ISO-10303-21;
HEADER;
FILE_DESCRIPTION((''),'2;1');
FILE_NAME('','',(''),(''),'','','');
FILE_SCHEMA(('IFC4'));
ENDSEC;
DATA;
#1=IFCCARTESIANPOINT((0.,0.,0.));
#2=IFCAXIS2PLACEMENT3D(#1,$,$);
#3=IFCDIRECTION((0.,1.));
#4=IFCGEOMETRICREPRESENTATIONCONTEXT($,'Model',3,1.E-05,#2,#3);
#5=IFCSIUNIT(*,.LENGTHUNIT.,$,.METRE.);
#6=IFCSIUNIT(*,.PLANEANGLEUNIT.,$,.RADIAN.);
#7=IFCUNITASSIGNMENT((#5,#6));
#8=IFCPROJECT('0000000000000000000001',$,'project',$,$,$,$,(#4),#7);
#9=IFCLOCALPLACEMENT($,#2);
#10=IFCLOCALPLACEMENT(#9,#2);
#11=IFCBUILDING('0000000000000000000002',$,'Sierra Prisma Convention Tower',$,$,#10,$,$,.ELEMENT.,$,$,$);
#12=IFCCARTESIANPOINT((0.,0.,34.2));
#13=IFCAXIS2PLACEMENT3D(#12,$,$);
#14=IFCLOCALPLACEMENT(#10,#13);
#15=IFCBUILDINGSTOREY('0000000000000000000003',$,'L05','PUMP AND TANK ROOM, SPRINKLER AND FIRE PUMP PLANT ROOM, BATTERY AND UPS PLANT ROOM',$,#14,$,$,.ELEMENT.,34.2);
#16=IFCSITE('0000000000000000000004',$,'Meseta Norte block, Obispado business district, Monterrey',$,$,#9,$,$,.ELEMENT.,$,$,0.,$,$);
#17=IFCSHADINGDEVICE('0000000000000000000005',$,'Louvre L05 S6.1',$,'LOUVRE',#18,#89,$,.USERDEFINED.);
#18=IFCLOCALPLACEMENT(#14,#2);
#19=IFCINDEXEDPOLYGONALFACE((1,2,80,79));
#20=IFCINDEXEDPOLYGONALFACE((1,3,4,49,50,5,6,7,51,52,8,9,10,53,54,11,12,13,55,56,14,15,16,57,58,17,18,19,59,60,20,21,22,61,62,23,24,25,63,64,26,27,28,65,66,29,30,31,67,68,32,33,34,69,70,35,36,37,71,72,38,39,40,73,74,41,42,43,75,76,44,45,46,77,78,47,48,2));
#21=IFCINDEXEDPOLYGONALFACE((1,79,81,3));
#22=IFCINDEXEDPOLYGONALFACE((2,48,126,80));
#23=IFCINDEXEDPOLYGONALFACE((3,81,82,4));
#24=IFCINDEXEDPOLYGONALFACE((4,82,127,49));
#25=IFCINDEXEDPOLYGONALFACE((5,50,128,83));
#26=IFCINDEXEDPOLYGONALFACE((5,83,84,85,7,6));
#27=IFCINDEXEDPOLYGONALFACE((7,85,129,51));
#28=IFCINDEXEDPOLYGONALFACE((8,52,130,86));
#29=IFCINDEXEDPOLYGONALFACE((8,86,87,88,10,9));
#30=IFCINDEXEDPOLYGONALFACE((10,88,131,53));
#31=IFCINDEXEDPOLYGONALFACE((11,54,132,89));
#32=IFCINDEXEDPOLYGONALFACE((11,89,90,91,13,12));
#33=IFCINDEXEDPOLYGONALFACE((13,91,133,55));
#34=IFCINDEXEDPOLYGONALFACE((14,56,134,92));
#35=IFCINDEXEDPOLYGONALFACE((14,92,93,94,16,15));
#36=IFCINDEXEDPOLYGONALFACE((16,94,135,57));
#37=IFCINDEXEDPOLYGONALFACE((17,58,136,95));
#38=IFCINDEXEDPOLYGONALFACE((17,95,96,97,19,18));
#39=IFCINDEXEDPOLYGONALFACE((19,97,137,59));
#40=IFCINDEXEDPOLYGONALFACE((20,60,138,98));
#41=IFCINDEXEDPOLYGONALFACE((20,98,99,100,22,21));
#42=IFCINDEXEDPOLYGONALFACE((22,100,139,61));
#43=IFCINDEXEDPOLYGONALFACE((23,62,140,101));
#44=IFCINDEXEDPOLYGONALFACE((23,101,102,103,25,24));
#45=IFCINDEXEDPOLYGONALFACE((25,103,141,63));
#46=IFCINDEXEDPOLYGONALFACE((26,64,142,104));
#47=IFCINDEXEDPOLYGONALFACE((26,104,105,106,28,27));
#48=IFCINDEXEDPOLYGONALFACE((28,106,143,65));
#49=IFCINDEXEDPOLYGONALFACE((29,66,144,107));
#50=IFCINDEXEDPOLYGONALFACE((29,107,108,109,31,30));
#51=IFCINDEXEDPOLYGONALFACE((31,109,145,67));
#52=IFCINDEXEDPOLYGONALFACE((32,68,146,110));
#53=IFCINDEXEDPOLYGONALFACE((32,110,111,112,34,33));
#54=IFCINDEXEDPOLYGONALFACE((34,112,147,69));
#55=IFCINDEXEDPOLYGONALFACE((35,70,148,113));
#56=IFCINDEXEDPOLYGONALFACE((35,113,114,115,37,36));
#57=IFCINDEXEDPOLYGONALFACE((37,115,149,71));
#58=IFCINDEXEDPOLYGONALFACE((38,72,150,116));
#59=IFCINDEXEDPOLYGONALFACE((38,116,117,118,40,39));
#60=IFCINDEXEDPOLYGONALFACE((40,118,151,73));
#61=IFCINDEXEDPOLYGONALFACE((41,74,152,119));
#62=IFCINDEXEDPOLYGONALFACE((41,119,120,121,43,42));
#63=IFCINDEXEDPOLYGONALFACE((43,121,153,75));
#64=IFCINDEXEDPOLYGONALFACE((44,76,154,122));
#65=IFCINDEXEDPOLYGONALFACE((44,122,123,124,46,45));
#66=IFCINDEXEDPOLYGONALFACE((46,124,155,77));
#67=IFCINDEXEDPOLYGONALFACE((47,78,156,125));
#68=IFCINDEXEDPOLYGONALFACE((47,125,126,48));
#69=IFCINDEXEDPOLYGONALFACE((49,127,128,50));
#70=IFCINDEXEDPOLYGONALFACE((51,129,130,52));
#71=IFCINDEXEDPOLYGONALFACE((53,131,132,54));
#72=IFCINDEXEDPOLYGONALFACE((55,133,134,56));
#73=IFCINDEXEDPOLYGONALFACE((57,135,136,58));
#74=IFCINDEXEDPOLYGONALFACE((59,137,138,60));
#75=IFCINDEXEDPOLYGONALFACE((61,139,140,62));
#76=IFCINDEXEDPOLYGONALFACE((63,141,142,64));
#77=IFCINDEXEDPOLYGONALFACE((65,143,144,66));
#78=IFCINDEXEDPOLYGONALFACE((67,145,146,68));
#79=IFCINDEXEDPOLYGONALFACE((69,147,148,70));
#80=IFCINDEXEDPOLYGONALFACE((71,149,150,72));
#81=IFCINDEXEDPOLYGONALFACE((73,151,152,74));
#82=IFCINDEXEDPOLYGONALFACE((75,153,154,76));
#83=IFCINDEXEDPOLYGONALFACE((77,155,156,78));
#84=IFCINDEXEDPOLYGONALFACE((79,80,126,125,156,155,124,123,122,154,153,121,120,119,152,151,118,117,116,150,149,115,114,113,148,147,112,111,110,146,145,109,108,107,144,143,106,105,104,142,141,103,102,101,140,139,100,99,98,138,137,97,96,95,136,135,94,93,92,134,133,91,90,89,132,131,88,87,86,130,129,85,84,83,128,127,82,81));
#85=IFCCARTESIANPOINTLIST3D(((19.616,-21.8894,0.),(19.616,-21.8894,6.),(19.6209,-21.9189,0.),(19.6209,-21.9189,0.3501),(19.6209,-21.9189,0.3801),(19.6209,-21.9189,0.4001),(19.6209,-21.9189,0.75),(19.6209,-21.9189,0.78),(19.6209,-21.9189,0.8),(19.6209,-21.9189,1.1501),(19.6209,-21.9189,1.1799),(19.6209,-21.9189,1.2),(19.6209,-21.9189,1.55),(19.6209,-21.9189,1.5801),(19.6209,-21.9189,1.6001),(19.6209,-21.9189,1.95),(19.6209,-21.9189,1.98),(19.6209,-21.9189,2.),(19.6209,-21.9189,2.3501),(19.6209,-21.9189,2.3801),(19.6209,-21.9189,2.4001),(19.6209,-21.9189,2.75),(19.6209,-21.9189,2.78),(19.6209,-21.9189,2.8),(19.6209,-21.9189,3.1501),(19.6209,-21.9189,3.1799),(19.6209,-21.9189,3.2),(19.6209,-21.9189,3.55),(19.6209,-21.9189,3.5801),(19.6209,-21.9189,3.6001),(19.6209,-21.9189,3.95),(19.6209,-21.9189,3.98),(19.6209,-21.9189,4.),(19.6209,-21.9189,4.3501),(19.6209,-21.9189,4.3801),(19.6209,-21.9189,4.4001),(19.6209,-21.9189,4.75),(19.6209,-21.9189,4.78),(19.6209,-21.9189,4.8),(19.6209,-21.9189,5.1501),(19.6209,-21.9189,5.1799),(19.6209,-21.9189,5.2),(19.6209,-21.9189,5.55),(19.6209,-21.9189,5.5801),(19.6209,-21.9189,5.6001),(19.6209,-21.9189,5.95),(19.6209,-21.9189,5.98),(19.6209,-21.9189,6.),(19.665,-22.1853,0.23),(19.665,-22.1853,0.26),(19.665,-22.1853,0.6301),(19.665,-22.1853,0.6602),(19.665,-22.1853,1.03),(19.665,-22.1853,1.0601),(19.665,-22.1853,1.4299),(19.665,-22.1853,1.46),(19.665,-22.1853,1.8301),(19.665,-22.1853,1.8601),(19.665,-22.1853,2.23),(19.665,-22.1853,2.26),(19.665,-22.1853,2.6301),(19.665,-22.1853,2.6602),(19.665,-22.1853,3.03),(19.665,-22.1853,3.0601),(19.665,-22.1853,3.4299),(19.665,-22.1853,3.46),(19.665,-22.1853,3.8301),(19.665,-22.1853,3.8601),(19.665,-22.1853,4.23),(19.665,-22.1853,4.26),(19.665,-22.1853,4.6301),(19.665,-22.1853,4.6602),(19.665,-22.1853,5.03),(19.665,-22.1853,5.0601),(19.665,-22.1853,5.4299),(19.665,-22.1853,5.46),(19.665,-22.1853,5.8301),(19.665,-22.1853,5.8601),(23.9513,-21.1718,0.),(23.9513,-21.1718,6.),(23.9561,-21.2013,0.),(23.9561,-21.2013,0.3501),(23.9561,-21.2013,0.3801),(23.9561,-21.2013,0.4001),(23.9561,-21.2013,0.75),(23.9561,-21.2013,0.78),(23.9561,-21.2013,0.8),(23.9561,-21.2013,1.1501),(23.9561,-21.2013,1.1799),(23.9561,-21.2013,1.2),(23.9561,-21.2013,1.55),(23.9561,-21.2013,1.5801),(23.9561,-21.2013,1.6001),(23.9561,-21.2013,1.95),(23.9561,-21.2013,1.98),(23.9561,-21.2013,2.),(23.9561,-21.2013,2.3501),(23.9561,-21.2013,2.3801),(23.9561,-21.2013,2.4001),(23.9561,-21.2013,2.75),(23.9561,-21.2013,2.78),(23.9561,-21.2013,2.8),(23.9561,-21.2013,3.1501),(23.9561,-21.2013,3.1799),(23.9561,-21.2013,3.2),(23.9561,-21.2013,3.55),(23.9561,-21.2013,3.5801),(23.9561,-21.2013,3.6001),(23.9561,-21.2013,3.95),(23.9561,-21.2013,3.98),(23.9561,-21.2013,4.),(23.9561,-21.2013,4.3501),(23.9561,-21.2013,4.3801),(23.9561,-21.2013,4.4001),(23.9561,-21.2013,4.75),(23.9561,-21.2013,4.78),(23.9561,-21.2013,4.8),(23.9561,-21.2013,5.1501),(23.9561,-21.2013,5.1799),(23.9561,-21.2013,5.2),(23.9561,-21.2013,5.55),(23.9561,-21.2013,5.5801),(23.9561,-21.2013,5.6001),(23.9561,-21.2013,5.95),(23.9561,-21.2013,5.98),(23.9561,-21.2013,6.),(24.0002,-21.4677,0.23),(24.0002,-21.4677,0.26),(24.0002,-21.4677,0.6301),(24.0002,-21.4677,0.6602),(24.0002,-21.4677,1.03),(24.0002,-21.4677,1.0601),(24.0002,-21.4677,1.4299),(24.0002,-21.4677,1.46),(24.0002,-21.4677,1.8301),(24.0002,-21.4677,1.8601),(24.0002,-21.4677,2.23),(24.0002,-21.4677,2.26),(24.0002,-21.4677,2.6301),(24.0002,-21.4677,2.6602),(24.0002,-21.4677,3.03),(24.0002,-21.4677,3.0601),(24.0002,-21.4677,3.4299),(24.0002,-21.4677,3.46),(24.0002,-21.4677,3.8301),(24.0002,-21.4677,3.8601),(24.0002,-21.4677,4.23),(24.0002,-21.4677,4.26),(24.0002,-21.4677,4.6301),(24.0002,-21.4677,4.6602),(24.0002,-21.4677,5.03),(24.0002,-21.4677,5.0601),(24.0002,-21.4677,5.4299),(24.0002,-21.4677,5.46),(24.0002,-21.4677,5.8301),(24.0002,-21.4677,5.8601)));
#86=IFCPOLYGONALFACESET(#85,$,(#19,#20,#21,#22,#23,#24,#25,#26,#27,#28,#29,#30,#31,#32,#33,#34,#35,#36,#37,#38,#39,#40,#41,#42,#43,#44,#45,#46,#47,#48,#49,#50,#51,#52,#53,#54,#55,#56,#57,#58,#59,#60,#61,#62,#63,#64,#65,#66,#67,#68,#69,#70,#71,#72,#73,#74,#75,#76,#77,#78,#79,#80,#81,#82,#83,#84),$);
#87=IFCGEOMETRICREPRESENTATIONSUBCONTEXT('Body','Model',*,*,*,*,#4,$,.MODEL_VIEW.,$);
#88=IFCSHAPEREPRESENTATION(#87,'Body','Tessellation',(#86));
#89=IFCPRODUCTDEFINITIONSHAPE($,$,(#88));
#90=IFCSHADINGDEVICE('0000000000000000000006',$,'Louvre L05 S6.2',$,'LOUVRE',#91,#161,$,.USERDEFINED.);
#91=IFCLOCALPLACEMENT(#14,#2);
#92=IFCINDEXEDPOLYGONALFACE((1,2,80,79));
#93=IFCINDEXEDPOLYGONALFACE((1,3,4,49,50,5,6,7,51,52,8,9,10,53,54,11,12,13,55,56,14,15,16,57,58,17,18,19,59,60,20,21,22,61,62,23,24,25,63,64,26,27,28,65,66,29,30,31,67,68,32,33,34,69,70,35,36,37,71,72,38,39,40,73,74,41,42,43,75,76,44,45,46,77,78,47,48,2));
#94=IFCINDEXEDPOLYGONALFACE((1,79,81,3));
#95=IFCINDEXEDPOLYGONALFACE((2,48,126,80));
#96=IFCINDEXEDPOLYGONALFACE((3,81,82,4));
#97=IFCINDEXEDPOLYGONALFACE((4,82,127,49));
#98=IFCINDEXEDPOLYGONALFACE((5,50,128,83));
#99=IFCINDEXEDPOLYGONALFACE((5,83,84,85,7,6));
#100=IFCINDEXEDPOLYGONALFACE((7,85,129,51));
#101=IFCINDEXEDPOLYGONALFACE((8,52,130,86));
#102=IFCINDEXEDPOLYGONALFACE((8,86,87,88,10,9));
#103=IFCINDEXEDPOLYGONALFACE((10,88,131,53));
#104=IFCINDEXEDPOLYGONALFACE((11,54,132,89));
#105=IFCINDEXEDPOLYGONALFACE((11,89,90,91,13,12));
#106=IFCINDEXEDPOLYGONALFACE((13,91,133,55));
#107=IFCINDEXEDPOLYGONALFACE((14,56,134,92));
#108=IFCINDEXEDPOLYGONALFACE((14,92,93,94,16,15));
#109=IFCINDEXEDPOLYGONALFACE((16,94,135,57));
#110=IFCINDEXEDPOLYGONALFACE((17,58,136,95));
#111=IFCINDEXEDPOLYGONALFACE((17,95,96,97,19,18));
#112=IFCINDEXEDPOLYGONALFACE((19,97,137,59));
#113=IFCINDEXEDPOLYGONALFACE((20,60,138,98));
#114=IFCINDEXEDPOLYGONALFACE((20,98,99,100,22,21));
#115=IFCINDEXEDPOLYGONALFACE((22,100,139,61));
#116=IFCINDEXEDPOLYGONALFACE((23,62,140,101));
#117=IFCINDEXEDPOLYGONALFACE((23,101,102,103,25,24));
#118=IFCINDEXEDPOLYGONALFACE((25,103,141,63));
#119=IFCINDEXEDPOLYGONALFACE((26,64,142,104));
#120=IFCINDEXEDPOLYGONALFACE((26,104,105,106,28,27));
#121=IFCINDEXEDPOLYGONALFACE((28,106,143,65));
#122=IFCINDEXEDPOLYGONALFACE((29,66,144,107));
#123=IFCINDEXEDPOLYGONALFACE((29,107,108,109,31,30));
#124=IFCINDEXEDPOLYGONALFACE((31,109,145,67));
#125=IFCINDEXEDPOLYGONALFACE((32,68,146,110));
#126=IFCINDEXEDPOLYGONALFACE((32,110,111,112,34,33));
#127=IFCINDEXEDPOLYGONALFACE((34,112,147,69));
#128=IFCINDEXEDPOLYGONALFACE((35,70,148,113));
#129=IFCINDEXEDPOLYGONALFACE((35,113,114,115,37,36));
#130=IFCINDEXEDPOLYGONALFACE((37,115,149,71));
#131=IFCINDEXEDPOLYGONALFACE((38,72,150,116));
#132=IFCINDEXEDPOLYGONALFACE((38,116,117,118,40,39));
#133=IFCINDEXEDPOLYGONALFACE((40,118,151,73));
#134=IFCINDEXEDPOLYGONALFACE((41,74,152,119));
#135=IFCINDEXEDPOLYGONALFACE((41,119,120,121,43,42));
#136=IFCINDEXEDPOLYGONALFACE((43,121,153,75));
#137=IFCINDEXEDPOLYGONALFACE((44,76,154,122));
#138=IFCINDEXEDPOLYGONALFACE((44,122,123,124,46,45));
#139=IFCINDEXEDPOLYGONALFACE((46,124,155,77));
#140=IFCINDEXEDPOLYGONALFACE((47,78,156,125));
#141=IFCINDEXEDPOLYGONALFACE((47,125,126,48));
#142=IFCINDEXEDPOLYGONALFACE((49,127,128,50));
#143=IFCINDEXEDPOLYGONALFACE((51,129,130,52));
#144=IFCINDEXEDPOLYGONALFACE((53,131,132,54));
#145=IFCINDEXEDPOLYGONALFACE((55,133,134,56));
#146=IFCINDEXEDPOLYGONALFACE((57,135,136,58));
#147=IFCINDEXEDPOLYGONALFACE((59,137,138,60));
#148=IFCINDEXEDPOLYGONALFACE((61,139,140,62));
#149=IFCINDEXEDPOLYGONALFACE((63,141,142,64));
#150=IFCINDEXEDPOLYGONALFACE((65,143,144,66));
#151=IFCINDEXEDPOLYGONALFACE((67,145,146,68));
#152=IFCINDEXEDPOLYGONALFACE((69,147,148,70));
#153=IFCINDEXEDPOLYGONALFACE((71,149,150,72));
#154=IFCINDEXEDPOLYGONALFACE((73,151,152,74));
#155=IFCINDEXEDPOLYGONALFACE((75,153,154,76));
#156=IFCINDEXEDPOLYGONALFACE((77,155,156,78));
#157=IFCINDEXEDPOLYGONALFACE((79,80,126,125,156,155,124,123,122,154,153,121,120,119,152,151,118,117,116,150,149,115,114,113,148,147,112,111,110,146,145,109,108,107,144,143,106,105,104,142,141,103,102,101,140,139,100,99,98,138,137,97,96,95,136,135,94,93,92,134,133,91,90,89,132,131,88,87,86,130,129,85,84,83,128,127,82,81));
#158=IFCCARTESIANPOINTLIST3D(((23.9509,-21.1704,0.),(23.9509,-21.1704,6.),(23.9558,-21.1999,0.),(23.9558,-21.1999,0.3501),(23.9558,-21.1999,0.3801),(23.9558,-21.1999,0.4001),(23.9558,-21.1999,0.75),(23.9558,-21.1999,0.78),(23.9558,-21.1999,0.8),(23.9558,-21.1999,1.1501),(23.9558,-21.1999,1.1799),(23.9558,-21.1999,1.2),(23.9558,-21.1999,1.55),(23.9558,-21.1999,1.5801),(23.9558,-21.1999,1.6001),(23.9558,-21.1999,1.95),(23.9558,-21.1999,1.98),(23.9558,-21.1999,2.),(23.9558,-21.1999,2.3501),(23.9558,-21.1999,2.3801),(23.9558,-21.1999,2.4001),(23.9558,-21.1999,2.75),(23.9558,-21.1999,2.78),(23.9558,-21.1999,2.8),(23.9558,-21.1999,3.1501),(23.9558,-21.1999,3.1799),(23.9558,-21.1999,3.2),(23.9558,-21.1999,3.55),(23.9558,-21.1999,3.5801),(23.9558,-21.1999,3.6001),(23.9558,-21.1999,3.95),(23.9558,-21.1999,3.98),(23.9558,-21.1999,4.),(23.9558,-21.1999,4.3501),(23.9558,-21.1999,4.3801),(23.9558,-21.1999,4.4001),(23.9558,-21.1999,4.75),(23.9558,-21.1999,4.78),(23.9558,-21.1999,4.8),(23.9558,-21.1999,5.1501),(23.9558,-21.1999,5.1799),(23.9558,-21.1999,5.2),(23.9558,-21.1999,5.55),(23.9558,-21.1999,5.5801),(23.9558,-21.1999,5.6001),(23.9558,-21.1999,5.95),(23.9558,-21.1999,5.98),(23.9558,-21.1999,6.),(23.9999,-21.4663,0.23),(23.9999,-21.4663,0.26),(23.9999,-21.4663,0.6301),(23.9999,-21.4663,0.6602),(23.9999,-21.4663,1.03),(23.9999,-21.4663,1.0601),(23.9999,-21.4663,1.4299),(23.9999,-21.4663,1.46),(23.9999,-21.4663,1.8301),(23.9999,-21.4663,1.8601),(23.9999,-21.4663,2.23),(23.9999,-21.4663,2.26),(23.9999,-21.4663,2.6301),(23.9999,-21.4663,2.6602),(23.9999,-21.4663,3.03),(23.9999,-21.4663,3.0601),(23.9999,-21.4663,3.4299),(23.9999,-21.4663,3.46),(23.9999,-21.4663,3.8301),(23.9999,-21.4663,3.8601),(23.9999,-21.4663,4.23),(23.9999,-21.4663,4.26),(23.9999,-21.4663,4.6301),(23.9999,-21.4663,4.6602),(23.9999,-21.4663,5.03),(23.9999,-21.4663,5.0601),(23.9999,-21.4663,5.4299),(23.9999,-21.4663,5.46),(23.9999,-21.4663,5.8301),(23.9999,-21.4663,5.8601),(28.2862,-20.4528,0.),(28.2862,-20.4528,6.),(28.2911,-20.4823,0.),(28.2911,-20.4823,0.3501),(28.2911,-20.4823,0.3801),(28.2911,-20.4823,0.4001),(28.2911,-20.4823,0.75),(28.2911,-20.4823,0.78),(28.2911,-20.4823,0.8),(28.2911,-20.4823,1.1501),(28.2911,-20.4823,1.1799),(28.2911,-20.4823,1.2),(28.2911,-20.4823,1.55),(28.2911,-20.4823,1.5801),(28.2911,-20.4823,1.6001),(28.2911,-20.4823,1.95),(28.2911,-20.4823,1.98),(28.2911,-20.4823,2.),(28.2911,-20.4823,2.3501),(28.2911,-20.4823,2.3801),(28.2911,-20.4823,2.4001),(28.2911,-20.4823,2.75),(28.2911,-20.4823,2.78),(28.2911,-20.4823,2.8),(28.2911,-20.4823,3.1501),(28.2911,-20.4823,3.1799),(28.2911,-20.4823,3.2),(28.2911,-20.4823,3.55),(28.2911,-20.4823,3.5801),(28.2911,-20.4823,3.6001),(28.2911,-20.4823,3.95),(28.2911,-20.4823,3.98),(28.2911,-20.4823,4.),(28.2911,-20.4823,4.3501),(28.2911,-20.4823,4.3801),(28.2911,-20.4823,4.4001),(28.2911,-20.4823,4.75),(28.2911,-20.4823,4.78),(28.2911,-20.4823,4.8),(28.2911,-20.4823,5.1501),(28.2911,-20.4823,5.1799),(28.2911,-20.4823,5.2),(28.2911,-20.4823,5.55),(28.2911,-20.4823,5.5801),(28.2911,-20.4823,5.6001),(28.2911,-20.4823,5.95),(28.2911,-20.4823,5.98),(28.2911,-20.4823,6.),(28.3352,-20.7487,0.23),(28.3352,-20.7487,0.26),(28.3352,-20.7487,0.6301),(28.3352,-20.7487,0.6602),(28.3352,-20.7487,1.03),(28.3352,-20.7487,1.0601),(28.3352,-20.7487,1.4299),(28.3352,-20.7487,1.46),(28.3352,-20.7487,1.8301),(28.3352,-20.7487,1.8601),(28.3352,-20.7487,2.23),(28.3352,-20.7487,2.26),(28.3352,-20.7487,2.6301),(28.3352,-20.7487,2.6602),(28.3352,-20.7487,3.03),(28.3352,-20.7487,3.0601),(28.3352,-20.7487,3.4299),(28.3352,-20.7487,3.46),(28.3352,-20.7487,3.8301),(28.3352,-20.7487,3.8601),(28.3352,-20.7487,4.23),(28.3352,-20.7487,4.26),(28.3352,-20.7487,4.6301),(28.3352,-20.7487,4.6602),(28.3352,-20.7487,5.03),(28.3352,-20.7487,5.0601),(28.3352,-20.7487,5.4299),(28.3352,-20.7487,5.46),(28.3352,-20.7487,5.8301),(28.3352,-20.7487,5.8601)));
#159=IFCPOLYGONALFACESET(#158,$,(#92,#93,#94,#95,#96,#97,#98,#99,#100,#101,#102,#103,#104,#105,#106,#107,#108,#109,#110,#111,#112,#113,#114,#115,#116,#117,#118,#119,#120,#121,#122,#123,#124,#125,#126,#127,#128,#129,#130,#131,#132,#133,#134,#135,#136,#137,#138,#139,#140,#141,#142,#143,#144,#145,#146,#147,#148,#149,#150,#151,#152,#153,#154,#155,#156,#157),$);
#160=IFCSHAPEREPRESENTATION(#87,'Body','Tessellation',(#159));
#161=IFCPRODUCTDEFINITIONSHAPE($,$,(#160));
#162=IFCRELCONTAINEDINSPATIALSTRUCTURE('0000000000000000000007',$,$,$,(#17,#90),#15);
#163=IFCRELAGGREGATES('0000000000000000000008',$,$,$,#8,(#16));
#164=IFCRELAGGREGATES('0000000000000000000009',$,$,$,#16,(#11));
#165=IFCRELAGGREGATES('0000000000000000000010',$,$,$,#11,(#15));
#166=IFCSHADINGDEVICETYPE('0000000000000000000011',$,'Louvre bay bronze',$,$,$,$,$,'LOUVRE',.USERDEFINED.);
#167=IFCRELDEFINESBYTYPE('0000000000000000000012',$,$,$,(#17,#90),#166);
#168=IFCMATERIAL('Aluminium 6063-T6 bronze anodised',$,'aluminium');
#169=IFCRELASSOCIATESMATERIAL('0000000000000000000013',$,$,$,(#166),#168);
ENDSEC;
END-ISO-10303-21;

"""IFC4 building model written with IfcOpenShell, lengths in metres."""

from ifc_helpers import new_model, si_unit, direction, frame, origin, place, context, subcontext, project, spatial, polyline, outline, extrude, material, type_object, element, save


model = new_model("IFC4")

# Units and contexts
model_context = context("Model", 3, precision=1e-05, world=origin(), true_north=direction((0.0, 1.0)))
body_context = subcontext(model_context, "Body", "Model", "MODEL_VIEW")
ifc_project = project(units=[si_unit("LENGTHUNIT", "METRE"), si_unit("PLANEANGLEUNIT", "RADIAN")], contexts=[model_context])

# Site, building, storey
site_placement = place(None, origin())
site = spatial("IfcSite", under=ifc_project, at=site_placement, Name="Meseta Norte block, Obispado business district, Monterrey", CompositionType="ELEMENT", RefElevation=0.0)
building_placement = place(site_placement, origin())
building = spatial("IfcBuilding", under=site, at=building_placement, Name="Sierra Prisma Convention Tower", CompositionType="ELEMENT")
storey_placement = place(building_placement, frame((0.0, 0.0, 34.2)))
storey = spatial("IfcBuildingStorey", under=building, at=storey_placement, Name="L05", Description="PUMP AND TANK ROOM, SPRINKLER AND FIRE PUMP PLANT ROOM, BATTERY AND UPS PLANT ROOM", CompositionType="ELEMENT", Elevation=34.2)

# Shading devices
ifc_material_1 = material(Name="Aluminium 6063-T6 bronze anodised", Category="aluminium")
shading_device_type = type_object("IfcShadingDeviceType", Name="Louvre bay bronze", ElementType="LOUVRE", PredefinedType="USERDEFINED", material=ifc_material_1)
shading_device_1_placement = place(storey_placement, frame((19.616, -21.8894, 0.0), z_axis=(-0.986574, -0.163314, 0.0), x_axis=(0.0, 0.0, 1.0)))
element("IfcShadingDevice", 1, at=shading_device_1_placement, inside=storey, type_object=shading_device_type, Name="Louvre L05 S6.1", ObjectType="LOUVRE", PredefinedType="USERDEFINED", context=body_context, shape_type="SweptSolid", body=[
    extrude(outline(polyline([(0.0, 0.0), (6.0, 0.0), (6.0, -0.0299), (5.98, -0.0299), (5.8601, -0.2999), (5.8301, -0.2999), (5.95, -0.0299), (5.6001, -0.0299), (5.5801, -0.0299), (5.46, -0.2999), (5.4299, -0.2999), (5.55, -0.0299), (5.2, -0.0299), (5.1799, -0.0299), (5.0601, -0.2999), (5.03, -0.2999), (5.1501, -0.0299), (4.8, -0.0299), (4.78, -0.0299), (4.6602, -0.2999), (4.6301, -0.2999), (4.75, -0.0299), (4.4001, -0.0299), (4.3801, -0.0299), (4.26, -0.2999), (4.23, -0.2999), (4.3501, -0.0299), (4.0, -0.0299), (3.98, -0.0299), (3.8601, -0.2999), (3.8301, -0.2999), (3.95, -0.0299), (3.6001, -0.0299), (3.5801, -0.0299), (3.46, -0.2999), (3.4299, -0.2999), (3.55, -0.0299), (3.2, -0.0299), (3.1799, -0.0299), (3.0601, -0.2999), (3.03, -0.2999), (3.1501, -0.0299), (2.8, -0.0299), (2.78, -0.0299), (2.6602, -0.2999), (2.6301, -0.2999), (2.75, -0.0299), (2.4001, -0.0299), (2.3801, -0.0299), (2.26, -0.2999), (2.23, -0.2999), (2.3501, -0.0299), (2.0, -0.0299), (1.98, -0.0299), (1.8601, -0.2999), (1.8301, -0.2999), (1.95, -0.0299), (1.6001, -0.0299), (1.5801, -0.0299), (1.46, -0.2999), (1.4299, -0.2999), (1.55, -0.0299), (1.2, -0.0299), (1.1799, -0.0299), (1.0601, -0.2999), (1.03, -0.2999), (1.1501, -0.0299), (0.8, -0.0299), (0.78, -0.0299), (0.6602, -0.2999), (0.6301, -0.2999), (0.75, -0.0299), (0.4001, -0.0299), (0.3801, -0.0299), (0.26, -0.2999), (0.23, -0.2999), (0.3501, -0.0299), (0.0, -0.0299), (0.0, 0.0)])), origin(), (0.0, 0.0, -1.0), 4.3943),
])
shading_device_2_placement = place(storey_placement, frame((23.9509, -21.1704, 0.0), z_axis=(-0.986574, -0.163314, 0.0), x_axis=(0.0, 0.0, 1.0)))
element("IfcShadingDevice", 2, at=shading_device_2_placement, inside=storey, type_object=shading_device_type, Name="Louvre L05 S6.2", ObjectType="LOUVRE", PredefinedType="USERDEFINED", context=body_context, shape_type="SweptSolid", body=[
    extrude(outline(polyline([(0.0, 0.0), (6.0, 0.0), (6.0, -0.0299), (5.98, -0.0299), (5.8601, -0.2999), (5.8301, -0.2999), (5.95, -0.0299), (5.6001, -0.0299), (5.5801, -0.0299), (5.46, -0.2999), (5.4299, -0.2999), (5.55, -0.0299), (5.2, -0.0299), (5.1799, -0.0299), (5.0601, -0.2999), (5.03, -0.2999), (5.1501, -0.0299), (4.8, -0.0299), (4.78, -0.0299), (4.6602, -0.2999), (4.6301, -0.2999), (4.75, -0.0299), (4.4001, -0.0299), (4.3801, -0.0299), (4.26, -0.2999), (4.23, -0.2999), (4.3501, -0.0299), (4.0, -0.0299), (3.98, -0.0299), (3.8601, -0.2999), (3.8301, -0.2999), (3.95, -0.0299), (3.6001, -0.0299), (3.5801, -0.0299), (3.46, -0.2999), (3.4299, -0.2999), (3.55, -0.0299), (3.2, -0.0299), (3.1799, -0.0299), (3.0601, -0.2999), (3.03, -0.2999), (3.1501, -0.0299), (2.8, -0.0299), (2.78, -0.0299), (2.6602, -0.2999), (2.6301, -0.2999), (2.75, -0.0299), (2.4001, -0.0299), (2.3801, -0.0299), (2.26, -0.2999), (2.23, -0.2999), (2.3501, -0.0299), (2.0, -0.0299), (1.98, -0.0299), (1.8601, -0.2999), (1.8301, -0.2999), (1.95, -0.0299), (1.6001, -0.0299), (1.5801, -0.0299), (1.46, -0.2999), (1.4299, -0.2999), (1.55, -0.0299), (1.2, -0.0299), (1.1799, -0.0299), (1.0601, -0.2999), (1.03, -0.2999), (1.1501, -0.0299), (0.8, -0.0299), (0.78, -0.0299), (0.6602, -0.2999), (0.6301, -0.2999), (0.75, -0.0299), (0.4001, -0.0299), (0.3801, -0.0299), (0.26, -0.2999), (0.23, -0.2999), (0.3501, -0.0299), (0.0, -0.0299), (0.0, 0.0)])), origin(), (0.0, 0.0, -1.0), 4.3943),
])

save(model, "model.ifc")
